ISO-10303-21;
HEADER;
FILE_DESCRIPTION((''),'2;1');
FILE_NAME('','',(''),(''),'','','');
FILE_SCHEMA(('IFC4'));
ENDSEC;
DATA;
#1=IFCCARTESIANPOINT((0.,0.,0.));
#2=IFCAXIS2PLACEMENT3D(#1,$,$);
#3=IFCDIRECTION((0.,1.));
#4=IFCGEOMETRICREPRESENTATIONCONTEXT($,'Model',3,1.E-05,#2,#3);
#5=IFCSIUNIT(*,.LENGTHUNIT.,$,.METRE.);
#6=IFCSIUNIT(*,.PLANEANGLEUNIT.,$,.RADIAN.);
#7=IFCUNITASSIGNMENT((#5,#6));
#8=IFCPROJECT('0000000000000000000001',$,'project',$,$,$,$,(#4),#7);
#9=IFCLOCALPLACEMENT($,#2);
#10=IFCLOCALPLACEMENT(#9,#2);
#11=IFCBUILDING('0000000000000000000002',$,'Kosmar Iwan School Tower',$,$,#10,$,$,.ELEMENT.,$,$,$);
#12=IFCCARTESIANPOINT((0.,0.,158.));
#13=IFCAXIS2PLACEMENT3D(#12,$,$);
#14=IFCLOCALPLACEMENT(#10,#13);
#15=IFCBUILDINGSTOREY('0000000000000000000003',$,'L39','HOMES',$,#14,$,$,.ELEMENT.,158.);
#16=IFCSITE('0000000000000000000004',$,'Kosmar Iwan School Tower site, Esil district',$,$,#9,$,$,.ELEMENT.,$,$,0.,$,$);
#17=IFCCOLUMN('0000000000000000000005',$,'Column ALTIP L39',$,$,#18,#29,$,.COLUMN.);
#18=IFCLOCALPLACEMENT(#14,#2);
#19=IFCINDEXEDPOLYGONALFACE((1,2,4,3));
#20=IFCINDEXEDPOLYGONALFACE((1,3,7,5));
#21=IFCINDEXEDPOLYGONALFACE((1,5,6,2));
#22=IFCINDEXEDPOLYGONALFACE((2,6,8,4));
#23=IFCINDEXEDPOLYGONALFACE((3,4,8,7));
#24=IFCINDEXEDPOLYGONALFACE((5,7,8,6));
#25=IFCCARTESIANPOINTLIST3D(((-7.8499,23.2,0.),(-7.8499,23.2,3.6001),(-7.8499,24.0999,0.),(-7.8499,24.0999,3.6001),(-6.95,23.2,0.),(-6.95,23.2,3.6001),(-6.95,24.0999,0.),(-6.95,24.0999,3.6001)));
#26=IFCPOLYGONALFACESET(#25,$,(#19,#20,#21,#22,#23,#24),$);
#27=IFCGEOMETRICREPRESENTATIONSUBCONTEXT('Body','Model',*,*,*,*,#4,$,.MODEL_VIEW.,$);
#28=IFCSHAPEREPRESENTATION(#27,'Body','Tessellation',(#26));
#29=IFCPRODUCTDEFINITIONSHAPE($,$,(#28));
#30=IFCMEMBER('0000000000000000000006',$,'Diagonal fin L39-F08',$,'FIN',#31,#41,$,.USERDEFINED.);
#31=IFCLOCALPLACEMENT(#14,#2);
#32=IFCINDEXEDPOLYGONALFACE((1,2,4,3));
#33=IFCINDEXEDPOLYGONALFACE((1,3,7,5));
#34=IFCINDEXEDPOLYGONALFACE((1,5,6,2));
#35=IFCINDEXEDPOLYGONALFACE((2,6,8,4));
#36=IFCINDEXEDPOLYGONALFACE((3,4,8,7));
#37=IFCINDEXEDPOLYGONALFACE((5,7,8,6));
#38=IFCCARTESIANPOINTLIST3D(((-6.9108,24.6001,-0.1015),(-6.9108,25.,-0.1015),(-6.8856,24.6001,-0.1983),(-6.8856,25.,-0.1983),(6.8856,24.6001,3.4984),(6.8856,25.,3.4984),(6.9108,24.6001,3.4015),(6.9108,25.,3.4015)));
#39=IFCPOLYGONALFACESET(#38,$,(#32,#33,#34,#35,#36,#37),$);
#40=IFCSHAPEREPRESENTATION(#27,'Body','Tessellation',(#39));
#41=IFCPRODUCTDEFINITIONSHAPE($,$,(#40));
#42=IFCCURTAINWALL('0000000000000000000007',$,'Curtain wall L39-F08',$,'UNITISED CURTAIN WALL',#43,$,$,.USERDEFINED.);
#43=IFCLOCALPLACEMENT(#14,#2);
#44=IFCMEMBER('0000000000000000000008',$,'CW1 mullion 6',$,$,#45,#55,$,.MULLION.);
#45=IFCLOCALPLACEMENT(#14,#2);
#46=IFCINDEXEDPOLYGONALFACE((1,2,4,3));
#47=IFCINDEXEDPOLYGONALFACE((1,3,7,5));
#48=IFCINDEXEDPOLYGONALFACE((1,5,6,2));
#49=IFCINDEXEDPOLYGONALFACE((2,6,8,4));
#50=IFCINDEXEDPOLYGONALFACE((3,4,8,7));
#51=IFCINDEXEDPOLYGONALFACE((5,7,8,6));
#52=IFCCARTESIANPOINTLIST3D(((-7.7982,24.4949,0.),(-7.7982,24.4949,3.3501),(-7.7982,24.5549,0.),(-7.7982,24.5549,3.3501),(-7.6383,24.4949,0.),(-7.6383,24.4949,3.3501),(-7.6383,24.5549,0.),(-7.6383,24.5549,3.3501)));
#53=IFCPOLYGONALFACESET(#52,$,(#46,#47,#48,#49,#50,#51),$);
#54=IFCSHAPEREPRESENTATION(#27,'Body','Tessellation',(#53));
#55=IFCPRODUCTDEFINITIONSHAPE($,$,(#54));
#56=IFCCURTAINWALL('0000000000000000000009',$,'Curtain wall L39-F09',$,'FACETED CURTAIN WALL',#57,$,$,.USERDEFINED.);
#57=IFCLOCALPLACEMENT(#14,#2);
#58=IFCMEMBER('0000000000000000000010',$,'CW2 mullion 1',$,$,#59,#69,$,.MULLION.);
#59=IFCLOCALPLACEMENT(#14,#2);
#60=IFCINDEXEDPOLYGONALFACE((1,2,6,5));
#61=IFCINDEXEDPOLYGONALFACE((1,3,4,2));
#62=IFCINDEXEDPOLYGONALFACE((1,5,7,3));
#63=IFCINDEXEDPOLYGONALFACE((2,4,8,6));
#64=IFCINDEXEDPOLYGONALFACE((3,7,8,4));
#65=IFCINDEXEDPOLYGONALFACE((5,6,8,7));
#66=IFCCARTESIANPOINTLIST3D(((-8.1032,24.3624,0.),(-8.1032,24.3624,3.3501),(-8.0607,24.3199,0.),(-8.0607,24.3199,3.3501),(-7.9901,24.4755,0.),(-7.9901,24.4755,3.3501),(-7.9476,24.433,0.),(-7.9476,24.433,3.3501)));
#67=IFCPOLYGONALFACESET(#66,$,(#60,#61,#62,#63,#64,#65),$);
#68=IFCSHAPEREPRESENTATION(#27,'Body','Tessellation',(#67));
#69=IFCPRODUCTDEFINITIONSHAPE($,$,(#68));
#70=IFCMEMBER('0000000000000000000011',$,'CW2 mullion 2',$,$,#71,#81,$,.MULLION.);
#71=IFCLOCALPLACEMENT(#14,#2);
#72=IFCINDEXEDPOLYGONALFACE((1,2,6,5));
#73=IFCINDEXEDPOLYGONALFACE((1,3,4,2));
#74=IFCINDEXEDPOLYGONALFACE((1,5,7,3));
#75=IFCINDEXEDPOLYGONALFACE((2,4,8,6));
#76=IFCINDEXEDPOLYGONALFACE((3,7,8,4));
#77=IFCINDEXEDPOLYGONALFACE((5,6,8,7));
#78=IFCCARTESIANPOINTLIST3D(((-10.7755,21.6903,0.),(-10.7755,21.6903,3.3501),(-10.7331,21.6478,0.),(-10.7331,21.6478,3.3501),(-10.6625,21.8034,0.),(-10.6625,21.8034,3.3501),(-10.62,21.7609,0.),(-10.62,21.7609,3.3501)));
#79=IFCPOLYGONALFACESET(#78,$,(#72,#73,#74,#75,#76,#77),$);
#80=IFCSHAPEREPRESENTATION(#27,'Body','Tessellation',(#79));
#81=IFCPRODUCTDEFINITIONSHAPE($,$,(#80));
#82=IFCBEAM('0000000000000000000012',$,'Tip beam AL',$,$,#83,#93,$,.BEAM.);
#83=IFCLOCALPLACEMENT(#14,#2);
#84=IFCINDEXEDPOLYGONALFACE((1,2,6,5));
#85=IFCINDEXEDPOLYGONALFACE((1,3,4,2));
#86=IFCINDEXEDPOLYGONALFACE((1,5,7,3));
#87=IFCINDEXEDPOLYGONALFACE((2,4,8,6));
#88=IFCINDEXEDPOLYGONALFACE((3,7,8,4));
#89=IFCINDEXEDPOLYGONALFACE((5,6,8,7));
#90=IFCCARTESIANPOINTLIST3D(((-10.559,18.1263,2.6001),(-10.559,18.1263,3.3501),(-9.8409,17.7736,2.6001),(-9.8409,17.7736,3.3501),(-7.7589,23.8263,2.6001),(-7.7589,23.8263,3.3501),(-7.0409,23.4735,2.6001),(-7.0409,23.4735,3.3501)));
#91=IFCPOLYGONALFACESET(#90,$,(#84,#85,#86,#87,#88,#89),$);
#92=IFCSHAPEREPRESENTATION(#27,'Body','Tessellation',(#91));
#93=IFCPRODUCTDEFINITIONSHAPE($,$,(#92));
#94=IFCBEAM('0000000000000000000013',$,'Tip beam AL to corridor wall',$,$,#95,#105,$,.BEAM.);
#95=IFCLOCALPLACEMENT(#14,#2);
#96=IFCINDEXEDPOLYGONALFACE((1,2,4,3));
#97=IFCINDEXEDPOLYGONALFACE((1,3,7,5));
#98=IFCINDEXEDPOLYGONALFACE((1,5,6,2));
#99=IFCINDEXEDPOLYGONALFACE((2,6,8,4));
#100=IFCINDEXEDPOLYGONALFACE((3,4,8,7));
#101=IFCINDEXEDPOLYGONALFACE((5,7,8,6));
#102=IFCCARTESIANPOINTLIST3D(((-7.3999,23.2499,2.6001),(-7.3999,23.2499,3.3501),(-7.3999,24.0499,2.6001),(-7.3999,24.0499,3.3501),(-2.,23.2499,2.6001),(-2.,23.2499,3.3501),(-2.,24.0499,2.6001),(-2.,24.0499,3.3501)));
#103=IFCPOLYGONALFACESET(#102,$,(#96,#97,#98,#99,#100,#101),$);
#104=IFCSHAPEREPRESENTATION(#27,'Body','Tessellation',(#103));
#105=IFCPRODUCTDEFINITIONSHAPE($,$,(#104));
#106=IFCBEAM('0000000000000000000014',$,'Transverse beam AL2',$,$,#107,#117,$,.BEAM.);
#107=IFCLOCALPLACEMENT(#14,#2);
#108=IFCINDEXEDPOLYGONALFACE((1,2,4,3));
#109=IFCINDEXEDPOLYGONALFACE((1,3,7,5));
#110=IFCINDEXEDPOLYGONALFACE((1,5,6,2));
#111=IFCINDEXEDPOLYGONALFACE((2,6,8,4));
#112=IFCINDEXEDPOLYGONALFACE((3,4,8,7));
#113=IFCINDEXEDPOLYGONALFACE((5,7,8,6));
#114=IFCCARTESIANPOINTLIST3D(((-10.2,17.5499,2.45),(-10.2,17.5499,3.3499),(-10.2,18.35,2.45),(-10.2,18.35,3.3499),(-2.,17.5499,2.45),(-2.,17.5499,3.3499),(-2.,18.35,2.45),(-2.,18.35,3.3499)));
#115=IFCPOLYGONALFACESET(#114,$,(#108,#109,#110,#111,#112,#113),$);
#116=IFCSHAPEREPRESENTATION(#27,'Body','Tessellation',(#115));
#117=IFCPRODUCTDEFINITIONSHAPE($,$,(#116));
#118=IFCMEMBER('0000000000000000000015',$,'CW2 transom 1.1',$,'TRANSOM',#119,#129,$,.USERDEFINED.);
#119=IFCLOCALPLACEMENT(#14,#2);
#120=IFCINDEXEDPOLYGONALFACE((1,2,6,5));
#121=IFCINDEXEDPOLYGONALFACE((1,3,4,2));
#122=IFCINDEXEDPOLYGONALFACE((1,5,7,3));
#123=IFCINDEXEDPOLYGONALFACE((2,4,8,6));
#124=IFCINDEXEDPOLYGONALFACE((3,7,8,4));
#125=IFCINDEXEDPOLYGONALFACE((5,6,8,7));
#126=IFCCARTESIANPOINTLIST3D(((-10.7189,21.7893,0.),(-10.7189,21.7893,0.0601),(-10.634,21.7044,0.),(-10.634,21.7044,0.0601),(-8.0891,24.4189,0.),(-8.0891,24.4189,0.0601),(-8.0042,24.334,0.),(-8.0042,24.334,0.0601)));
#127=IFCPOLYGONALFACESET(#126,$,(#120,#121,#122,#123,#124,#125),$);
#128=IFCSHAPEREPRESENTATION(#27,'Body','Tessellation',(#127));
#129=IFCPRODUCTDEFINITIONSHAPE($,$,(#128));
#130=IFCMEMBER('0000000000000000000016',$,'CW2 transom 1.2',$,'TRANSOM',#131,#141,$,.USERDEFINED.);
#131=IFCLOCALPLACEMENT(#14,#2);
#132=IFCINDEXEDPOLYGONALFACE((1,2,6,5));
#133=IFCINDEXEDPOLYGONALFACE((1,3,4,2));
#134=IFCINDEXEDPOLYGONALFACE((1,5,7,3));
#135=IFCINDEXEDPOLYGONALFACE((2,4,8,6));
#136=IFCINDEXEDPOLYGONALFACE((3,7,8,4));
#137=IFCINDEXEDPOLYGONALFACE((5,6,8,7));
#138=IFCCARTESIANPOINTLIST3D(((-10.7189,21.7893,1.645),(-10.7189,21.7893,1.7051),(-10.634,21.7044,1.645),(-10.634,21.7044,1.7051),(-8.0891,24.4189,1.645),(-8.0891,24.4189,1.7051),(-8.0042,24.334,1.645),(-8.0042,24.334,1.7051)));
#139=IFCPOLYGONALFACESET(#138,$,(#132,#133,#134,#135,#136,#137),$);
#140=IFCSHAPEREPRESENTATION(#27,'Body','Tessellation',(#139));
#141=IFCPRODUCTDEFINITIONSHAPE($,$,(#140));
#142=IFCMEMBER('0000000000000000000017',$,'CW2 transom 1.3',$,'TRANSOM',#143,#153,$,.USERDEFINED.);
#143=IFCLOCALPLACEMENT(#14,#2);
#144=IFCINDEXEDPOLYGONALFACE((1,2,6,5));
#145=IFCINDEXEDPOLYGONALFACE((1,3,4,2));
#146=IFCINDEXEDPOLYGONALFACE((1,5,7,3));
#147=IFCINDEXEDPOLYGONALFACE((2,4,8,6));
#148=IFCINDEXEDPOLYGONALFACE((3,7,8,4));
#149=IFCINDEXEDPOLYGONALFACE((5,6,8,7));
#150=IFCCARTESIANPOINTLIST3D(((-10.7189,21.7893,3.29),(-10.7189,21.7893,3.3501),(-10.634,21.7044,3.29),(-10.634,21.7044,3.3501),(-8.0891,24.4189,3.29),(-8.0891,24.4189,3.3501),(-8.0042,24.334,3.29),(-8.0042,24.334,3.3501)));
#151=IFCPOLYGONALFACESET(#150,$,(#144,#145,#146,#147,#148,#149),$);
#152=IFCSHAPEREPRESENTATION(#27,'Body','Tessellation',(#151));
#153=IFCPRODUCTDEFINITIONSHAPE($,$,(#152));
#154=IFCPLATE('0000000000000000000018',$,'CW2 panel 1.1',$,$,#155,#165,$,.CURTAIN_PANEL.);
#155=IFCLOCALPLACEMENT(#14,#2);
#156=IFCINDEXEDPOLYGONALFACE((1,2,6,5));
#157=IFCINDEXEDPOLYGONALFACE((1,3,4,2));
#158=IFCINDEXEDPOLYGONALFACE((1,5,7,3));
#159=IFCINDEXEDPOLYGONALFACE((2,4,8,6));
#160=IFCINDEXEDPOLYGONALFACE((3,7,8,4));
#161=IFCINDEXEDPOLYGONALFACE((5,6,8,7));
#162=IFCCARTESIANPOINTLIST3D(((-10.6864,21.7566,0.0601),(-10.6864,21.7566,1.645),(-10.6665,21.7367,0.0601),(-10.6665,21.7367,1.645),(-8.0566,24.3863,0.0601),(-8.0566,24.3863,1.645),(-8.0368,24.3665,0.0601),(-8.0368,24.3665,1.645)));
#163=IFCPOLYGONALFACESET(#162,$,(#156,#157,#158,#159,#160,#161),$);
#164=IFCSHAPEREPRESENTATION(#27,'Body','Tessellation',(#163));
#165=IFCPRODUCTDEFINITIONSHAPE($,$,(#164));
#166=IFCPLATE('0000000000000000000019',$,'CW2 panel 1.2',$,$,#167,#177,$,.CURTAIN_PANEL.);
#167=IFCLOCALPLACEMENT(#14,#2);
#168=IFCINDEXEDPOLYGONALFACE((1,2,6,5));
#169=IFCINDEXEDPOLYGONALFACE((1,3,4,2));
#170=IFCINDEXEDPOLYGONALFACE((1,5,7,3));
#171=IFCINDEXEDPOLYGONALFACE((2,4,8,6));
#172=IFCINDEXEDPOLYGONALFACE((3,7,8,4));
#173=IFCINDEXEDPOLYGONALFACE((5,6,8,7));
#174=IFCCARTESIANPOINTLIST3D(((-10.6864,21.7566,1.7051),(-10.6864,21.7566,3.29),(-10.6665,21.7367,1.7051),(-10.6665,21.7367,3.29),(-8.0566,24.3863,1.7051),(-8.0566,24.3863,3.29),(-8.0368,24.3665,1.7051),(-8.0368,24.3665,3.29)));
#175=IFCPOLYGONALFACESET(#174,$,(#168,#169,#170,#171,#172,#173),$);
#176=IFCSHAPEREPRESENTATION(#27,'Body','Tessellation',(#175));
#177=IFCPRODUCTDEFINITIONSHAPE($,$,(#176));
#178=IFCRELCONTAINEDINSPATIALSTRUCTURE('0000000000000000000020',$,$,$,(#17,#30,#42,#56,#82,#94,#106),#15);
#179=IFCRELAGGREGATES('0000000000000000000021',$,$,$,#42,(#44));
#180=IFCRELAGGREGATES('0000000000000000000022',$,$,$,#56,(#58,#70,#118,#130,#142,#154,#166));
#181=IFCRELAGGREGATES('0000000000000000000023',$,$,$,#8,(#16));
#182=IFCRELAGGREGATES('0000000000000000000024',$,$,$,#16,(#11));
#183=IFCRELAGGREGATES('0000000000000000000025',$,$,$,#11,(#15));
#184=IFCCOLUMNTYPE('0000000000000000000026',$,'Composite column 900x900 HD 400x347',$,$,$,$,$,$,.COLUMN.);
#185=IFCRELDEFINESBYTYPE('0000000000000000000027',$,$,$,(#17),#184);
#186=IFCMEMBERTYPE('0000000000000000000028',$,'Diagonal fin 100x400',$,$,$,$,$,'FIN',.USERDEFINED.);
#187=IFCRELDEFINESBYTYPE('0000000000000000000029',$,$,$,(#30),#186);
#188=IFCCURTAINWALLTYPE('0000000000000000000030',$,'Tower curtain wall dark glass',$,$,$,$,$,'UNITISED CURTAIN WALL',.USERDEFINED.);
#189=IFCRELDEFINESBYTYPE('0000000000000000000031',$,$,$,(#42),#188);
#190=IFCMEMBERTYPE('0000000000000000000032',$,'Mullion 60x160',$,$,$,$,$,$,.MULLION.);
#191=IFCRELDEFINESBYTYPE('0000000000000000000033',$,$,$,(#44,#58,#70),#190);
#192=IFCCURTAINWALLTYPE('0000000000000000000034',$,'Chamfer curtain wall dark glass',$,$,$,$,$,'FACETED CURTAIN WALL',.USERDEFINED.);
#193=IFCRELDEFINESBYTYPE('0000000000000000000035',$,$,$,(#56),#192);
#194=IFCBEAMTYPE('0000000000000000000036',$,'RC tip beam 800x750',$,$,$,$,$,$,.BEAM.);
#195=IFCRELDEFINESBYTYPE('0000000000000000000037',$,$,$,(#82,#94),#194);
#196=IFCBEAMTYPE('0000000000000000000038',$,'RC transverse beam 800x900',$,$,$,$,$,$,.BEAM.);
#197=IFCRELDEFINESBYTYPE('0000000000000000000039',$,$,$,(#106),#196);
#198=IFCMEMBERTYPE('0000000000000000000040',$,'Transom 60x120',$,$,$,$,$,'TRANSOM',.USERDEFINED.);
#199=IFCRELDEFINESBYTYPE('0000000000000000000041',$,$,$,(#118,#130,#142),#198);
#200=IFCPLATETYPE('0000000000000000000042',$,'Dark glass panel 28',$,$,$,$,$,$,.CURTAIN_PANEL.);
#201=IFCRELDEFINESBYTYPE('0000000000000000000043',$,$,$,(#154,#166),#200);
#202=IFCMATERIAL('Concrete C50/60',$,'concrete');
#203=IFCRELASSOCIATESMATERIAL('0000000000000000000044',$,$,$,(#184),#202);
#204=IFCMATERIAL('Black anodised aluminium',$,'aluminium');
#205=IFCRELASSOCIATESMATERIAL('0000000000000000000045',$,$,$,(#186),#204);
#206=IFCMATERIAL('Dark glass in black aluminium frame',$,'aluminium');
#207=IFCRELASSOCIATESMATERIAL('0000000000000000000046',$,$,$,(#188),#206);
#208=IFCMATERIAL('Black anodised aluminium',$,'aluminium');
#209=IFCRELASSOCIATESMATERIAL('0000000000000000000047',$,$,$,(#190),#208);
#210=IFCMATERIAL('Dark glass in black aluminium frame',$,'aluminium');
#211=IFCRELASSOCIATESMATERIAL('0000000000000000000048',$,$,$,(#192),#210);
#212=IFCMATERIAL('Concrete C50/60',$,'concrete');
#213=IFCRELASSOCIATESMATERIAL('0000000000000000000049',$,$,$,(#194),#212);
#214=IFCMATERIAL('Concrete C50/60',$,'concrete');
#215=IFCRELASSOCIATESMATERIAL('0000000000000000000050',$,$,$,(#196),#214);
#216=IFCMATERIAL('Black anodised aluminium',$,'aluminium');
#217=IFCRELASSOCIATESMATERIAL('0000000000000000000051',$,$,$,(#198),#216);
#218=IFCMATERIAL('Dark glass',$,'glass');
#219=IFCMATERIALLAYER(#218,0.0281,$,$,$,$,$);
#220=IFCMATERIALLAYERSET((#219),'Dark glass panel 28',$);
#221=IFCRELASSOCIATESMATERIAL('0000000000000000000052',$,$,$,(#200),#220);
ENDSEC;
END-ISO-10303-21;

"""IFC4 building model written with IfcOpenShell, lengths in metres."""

from ifc_helpers import new_model, si_unit, direction, frame, origin, origin_2d, place, context, subcontext, project, spatial, rectangle, extrude, material, layer, layer_set, material_profile, profile_set, type_object, element, aggregate, save


model = new_model("IFC4")

# Units and contexts
model_context = context("Model", 3, precision=1e-05, world=origin(), true_north=direction((0.0, 1.0)))
body_context = subcontext(model_context, "Body", "Model", "MODEL_VIEW")
ifc_project = project(units=[si_unit("LENGTHUNIT", "METRE"), si_unit("PLANEANGLEUNIT", "RADIAN")], contexts=[model_context])

# Site, building, storey
site_placement = place(None, origin())
site = spatial("IfcSite", under=ifc_project, at=site_placement, Name="Kosmar Iwan School Tower site, Esil district", CompositionType="ELEMENT", RefElevation=0.0)
building_placement = place(site_placement, origin())
building = spatial("IfcBuilding", under=site, at=building_placement, Name="Kosmar Iwan School Tower", CompositionType="ELEMENT")
storey_placement = place(building_placement, frame((0.0, 0.0, 158.0)))
storey = spatial("IfcBuildingStorey", under=building, at=storey_placement, Name="L39", Description="HOMES", CompositionType="ELEMENT", Elevation=158.0)

# Column
ifc_material_1 = material(Name="Concrete C50/60", Category="concrete")
ifc_material_profile_1 = material_profile(ifc_material_1, rectangle(XDim=0.8999, YDim=0.8999, at=origin_2d()), Name="RC 900x900 + HD 400x347")
ifc_profile_set_1 = profile_set([ifc_material_profile_1], Name="Concrete C50/60")
column_type = type_object("IfcColumnType", Name="Composite column 900x900 HD 400x347", PredefinedType="COLUMN", material=ifc_profile_set_1)
column_placement = place(storey_placement, frame((-7.3999, 23.6499, 0.0), z_axis=(0.0, 0.0, 1.0), x_axis=(0.0, 1.0, 0.0)))
element("IfcColumn", 1, at=column_placement, inside=storey, type_object=column_type, Name="Column ALTIP L39", PredefinedType="COLUMN", context=body_context, shape_type="SweptSolid", body=[
    extrude(rectangle(XDim=0.8999, YDim=0.8999, at=origin_2d()), origin(), (0.0, 0.0, 1.0), 3.6001),
])

# Member
ifc_material_2 = material(Name="Black anodised aluminium", Category="aluminium")
ifc_material_profile_2 = material_profile(ifc_material_2, rectangle(XDim=0.1001, YDim=0.3999, at=origin_2d()), Name="FIN 100x400")
ifc_profile_set_2 = profile_set([ifc_material_profile_2], Name="Black anodised aluminium")
member_type_1 = type_object("IfcMemberType", Name="Diagonal fin 100x400", ElementType="FIN", PredefinedType="USERDEFINED", material=ifc_profile_set_2)
member_1_placement = place(storey_placement, frame((-6.8982, 24.8, -0.1499), z_axis=(0.967604, 0.0, 0.252474), x_axis=(-0.252474, 0.0, 0.967604)))
element("IfcMember", 2, at=member_1_placement, inside=storey, type_object=member_type_1, Name="Diagonal fin L39-F08", ObjectType="FIN", PredefinedType="USERDEFINED", context=body_context, shape_type="SweptSolid", body=[
    extrude(rectangle(XDim=0.1001, YDim=0.3999, at=origin_2d()), origin(), (0.0, 0.0, 1.0), 14.2583),
])

# Curtain wall, member
ifc_material_3 = material(Name="Dark glass in black aluminium frame", Category="aluminium")
curtain_wall_type_1 = type_object("IfcCurtainWallType", Name="Tower curtain wall dark glass", ElementType="UNITISED CURTAIN WALL", PredefinedType="USERDEFINED", material=ifc_material_3)
curtain_wall_1_placement = place(storey_placement, origin())
curtain_wall_1 = element("IfcCurtainWall", 3, at=curtain_wall_1_placement, inside=storey, type_object=curtain_wall_type_1, Name="Curtain wall L39-F08", ObjectType="UNITISED CURTAIN WALL", PredefinedType="USERDEFINED")
ifc_material_4 = material(Name="Black anodised aluminium", Category="aluminium")
ifc_material_profile_3 = material_profile(ifc_material_4, rectangle(XDim=0.0601, YDim=0.1599, at=origin_2d()), Name="MULLION 60x160")
ifc_profile_set_3 = profile_set([ifc_material_profile_3], Name="Black anodised aluminium")
member_type_2 = type_object("IfcMemberType", Name="Mullion 60x160", PredefinedType="MULLION", material=ifc_profile_set_3)
member_2_placement = place(storey_placement, frame((-7.7183, 24.5249, 0.0), z_axis=(0.0, 0.0, 1.0), x_axis=(0.0, -1.0, 0.0)))
member_2 = element("IfcMember", 4, at=member_2_placement, type_object=member_type_2, Name="CW1 mullion 6", PredefinedType="MULLION", context=body_context, shape_type="SweptSolid", body=[
    extrude(rectangle(XDim=0.0601, YDim=0.1599, at=origin_2d()), origin(), (0.0, 0.0, 1.0), 3.3501),
])
aggregate(curtain_wall_1, [member_2])

# Curtain wall, members
ifc_material_5 = material(Name="Dark glass in black aluminium frame", Category="aluminium")
curtain_wall_type_2 = type_object("IfcCurtainWallType", Name="Chamfer curtain wall dark glass", ElementType="FACETED CURTAIN WALL", PredefinedType="USERDEFINED", material=ifc_material_5)
curtain_wall_2_placement = place(storey_placement, origin())
curtain_wall_2 = element("IfcCurtainWall", 5, at=curtain_wall_2_placement, inside=storey, type_object=curtain_wall_type_2, Name="Curtain wall L39-F09", ObjectType="FACETED CURTAIN WALL", PredefinedType="USERDEFINED")
member_3_placement = place(storey_placement, frame((-8.0254, 24.3977, 0.0), z_axis=(0.0, 0.0, 1.0), x_axis=(0.707107, -0.707107, 0.0)))
member_3 = element("IfcMember", 6, at=member_3_placement, type_object=member_type_2, Name="CW2 mullion 1", PredefinedType="MULLION", context=body_context, shape_type="SweptSolid", body=[
    extrude(rectangle(XDim=0.0601, YDim=0.1599, at=origin_2d()), origin(), (0.0, 0.0, 1.0), 3.3501),
])
member_4_placement = place(storey_placement, frame((-10.6978, 21.7256, 0.0), z_axis=(0.0, 0.0, 1.0), x_axis=(0.707107, -0.707107, 0.0)))
member_4 = element("IfcMember", 7, at=member_4_placement, type_object=member_type_2, Name="CW2 mullion 2", PredefinedType="MULLION", context=body_context, shape_type="SweptSolid", body=[
    extrude(rectangle(XDim=0.0601, YDim=0.1599, at=origin_2d()), origin(), (0.0, 0.0, 1.0), 3.3501),
])

# Beams
ifc_material_6 = material(Name="Concrete C50/60", Category="concrete")
ifc_material_profile_4 = material_profile(ifc_material_6, rectangle(XDim=0.8, YDim=0.75, at=origin_2d()), Name="RC 800x750")
ifc_profile_set_4 = profile_set([ifc_material_profile_4], Name="Concrete C50/60")
beam_type_1 = type_object("IfcBeamType", Name="RC tip beam 800x750", PredefinedType="BEAM", material=ifc_profile_set_4)
beam_1_placement = place(storey_placement, frame((-10.2, 17.95, 2.9751), z_axis=(0.440913, 0.89755, 0.0), x_axis=(-0.89755, 0.440913, 0.0)))
element("IfcBeam", 8, at=beam_1_placement, inside=storey, type_object=beam_type_1, Name="Tip beam AL", PredefinedType="BEAM", context=body_context, shape_type="SweptSolid", body=[
    extrude(rectangle(XDim=0.8, YDim=0.75, at=origin_2d()), origin(), (0.0, 0.0, 1.0), 6.3506),
])
beam_2_placement = place(storey_placement, frame((-7.3999, 23.6499, 2.9751), z_axis=(1.0, 0.0, 0.0), x_axis=(0.0, 1.0, 0.0)))
element("IfcBeam", 9, at=beam_2_placement, inside=storey, type_object=beam_type_1, Name="Tip beam AL to corridor wall", PredefinedType="BEAM", context=body_context, shape_type="SweptSolid", body=[
    extrude(rectangle(XDim=0.8, YDim=0.75, at=origin_2d()), origin(), (0.0, 0.0, 1.0), 5.3999),
])
ifc_material_7 = material(Name="Concrete C50/60", Category="concrete")
ifc_material_profile_5 = material_profile(ifc_material_7, rectangle(XDim=0.8, YDim=0.8999, at=origin_2d()), Name="RC 800x900")
ifc_profile_set_5 = profile_set([ifc_material_profile_5], Name="Concrete C50/60")
beam_type_2 = type_object("IfcBeamType", Name="RC transverse beam 800x900", PredefinedType="BEAM", material=ifc_profile_set_5)
beam_3_placement = place(storey_placement, frame((-10.2, 17.95, 2.8999), z_axis=(1.0, 0.0, 0.0), x_axis=(0.0, 1.0, 0.0)))
element("IfcBeam", 10, at=beam_3_placement, inside=storey, type_object=beam_type_2, Name="Transverse beam AL2", PredefinedType="BEAM", context=body_context, shape_type="SweptSolid", body=[
    extrude(rectangle(XDim=0.8, YDim=0.8999, at=origin_2d()), origin(), (0.0, 0.0, 1.0), 8.2),
])

# Members
ifc_material_8 = material(Name="Black anodised aluminium", Category="aluminium")
ifc_material_profile_6 = material_profile(ifc_material_8, rectangle(XDim=0.1201, YDim=0.0601, at=origin_2d()), Name="TRANSOM 60x120")
ifc_profile_set_6 = profile_set([ifc_material_profile_6], Name="Black anodised aluminium")
member_type_3 = type_object("IfcMemberType", Name="Transom 60x120", ElementType="TRANSOM", PredefinedType="USERDEFINED", material=ifc_profile_set_6)
member_5_placement = place(storey_placement, frame((-8.0466, 24.3765, 0.03), z_axis=(-0.70714, -0.707074, 0.0), x_axis=(0.707074, -0.70714, 0.0)))
member_5 = element("IfcMember", 11, at=member_5_placement, type_object=member_type_3, Name="CW2 transom 1.1", ObjectType="TRANSOM", PredefinedType="USERDEFINED", context=body_context, shape_type="SweptSolid", body=[
    extrude(rectangle(XDim=0.1201, YDim=0.0601, at=origin_2d()), origin(), (0.0, 0.0, 1.0), 3.719),
])
member_6_placement = place(storey_placement, frame((-8.0466, 24.3765, 1.675), z_axis=(-0.70714, -0.707074, 0.0), x_axis=(0.707074, -0.70714, 0.0)))
member_6 = element("IfcMember", 12, at=member_6_placement, type_object=member_type_3, Name="CW2 transom 1.2", ObjectType="TRANSOM", PredefinedType="USERDEFINED", context=body_context, shape_type="SweptSolid", body=[
    extrude(rectangle(XDim=0.1201, YDim=0.0601, at=origin_2d()), origin(), (0.0, 0.0, 1.0), 3.719),
])
member_7_placement = place(storey_placement, frame((-8.0466, 24.3765, 3.3201), z_axis=(-0.70714, -0.707074, 0.0), x_axis=(0.707074, -0.70714, 0.0)))
member_7 = element("IfcMember", 13, at=member_7_placement, type_object=member_type_3, Name="CW2 transom 1.3", ObjectType="TRANSOM", PredefinedType="USERDEFINED", context=body_context, shape_type="SweptSolid", body=[
    extrude(rectangle(XDim=0.1201, YDim=0.0601, at=origin_2d()), origin(), (0.0, 0.0, 1.0), 3.719),
])

# Plates
ifc_material_9 = material(Name="Dark glass", Category="glass")
ifc_layer = layer(ifc_material_9, 0.0281)
ifc_layer_set = layer_set([ifc_layer], Name="Dark glass panel 28")
plate_type = type_object("IfcPlateType", Name="Dark glass panel 28", PredefinedType="CURTAIN_PANEL", material=ifc_layer_set)
plate_1_placement = place(storey_placement, frame((-9.3616, 23.0615, 0.0601), z_axis=(0.0, 0.0, 1.0), x_axis=(-0.707107, -0.707107, 0.0)))
plate_1 = element("IfcPlate", 14, at=plate_1_placement, type_object=plate_type, Name="CW2 panel 1.1", PredefinedType="CURTAIN_PANEL", context=body_context, shape_type="SweptSolid", body=[
    extrude(rectangle(XDim=3.719, YDim=0.0281, at=origin_2d()), origin(), (0.0, 0.0, 1.0), 1.585),
])
plate_2_placement = place(storey_placement, frame((-9.3616, 23.0615, 1.7051), z_axis=(0.0, 0.0, 1.0), x_axis=(-0.707107, -0.707107, 0.0)))
plate_2 = element("IfcPlate", 15, at=plate_2_placement, type_object=plate_type, Name="CW2 panel 1.2", PredefinedType="CURTAIN_PANEL", context=body_context, shape_type="SweptSolid", body=[
    extrude(rectangle(XDim=3.719, YDim=0.0281, at=origin_2d()), origin(), (0.0, 0.0, 1.0), 1.585),
])
aggregate(curtain_wall_2, [member_3, member_4, member_5, member_6, member_7, plate_1, plate_2])

save(model, "model.ifc")
